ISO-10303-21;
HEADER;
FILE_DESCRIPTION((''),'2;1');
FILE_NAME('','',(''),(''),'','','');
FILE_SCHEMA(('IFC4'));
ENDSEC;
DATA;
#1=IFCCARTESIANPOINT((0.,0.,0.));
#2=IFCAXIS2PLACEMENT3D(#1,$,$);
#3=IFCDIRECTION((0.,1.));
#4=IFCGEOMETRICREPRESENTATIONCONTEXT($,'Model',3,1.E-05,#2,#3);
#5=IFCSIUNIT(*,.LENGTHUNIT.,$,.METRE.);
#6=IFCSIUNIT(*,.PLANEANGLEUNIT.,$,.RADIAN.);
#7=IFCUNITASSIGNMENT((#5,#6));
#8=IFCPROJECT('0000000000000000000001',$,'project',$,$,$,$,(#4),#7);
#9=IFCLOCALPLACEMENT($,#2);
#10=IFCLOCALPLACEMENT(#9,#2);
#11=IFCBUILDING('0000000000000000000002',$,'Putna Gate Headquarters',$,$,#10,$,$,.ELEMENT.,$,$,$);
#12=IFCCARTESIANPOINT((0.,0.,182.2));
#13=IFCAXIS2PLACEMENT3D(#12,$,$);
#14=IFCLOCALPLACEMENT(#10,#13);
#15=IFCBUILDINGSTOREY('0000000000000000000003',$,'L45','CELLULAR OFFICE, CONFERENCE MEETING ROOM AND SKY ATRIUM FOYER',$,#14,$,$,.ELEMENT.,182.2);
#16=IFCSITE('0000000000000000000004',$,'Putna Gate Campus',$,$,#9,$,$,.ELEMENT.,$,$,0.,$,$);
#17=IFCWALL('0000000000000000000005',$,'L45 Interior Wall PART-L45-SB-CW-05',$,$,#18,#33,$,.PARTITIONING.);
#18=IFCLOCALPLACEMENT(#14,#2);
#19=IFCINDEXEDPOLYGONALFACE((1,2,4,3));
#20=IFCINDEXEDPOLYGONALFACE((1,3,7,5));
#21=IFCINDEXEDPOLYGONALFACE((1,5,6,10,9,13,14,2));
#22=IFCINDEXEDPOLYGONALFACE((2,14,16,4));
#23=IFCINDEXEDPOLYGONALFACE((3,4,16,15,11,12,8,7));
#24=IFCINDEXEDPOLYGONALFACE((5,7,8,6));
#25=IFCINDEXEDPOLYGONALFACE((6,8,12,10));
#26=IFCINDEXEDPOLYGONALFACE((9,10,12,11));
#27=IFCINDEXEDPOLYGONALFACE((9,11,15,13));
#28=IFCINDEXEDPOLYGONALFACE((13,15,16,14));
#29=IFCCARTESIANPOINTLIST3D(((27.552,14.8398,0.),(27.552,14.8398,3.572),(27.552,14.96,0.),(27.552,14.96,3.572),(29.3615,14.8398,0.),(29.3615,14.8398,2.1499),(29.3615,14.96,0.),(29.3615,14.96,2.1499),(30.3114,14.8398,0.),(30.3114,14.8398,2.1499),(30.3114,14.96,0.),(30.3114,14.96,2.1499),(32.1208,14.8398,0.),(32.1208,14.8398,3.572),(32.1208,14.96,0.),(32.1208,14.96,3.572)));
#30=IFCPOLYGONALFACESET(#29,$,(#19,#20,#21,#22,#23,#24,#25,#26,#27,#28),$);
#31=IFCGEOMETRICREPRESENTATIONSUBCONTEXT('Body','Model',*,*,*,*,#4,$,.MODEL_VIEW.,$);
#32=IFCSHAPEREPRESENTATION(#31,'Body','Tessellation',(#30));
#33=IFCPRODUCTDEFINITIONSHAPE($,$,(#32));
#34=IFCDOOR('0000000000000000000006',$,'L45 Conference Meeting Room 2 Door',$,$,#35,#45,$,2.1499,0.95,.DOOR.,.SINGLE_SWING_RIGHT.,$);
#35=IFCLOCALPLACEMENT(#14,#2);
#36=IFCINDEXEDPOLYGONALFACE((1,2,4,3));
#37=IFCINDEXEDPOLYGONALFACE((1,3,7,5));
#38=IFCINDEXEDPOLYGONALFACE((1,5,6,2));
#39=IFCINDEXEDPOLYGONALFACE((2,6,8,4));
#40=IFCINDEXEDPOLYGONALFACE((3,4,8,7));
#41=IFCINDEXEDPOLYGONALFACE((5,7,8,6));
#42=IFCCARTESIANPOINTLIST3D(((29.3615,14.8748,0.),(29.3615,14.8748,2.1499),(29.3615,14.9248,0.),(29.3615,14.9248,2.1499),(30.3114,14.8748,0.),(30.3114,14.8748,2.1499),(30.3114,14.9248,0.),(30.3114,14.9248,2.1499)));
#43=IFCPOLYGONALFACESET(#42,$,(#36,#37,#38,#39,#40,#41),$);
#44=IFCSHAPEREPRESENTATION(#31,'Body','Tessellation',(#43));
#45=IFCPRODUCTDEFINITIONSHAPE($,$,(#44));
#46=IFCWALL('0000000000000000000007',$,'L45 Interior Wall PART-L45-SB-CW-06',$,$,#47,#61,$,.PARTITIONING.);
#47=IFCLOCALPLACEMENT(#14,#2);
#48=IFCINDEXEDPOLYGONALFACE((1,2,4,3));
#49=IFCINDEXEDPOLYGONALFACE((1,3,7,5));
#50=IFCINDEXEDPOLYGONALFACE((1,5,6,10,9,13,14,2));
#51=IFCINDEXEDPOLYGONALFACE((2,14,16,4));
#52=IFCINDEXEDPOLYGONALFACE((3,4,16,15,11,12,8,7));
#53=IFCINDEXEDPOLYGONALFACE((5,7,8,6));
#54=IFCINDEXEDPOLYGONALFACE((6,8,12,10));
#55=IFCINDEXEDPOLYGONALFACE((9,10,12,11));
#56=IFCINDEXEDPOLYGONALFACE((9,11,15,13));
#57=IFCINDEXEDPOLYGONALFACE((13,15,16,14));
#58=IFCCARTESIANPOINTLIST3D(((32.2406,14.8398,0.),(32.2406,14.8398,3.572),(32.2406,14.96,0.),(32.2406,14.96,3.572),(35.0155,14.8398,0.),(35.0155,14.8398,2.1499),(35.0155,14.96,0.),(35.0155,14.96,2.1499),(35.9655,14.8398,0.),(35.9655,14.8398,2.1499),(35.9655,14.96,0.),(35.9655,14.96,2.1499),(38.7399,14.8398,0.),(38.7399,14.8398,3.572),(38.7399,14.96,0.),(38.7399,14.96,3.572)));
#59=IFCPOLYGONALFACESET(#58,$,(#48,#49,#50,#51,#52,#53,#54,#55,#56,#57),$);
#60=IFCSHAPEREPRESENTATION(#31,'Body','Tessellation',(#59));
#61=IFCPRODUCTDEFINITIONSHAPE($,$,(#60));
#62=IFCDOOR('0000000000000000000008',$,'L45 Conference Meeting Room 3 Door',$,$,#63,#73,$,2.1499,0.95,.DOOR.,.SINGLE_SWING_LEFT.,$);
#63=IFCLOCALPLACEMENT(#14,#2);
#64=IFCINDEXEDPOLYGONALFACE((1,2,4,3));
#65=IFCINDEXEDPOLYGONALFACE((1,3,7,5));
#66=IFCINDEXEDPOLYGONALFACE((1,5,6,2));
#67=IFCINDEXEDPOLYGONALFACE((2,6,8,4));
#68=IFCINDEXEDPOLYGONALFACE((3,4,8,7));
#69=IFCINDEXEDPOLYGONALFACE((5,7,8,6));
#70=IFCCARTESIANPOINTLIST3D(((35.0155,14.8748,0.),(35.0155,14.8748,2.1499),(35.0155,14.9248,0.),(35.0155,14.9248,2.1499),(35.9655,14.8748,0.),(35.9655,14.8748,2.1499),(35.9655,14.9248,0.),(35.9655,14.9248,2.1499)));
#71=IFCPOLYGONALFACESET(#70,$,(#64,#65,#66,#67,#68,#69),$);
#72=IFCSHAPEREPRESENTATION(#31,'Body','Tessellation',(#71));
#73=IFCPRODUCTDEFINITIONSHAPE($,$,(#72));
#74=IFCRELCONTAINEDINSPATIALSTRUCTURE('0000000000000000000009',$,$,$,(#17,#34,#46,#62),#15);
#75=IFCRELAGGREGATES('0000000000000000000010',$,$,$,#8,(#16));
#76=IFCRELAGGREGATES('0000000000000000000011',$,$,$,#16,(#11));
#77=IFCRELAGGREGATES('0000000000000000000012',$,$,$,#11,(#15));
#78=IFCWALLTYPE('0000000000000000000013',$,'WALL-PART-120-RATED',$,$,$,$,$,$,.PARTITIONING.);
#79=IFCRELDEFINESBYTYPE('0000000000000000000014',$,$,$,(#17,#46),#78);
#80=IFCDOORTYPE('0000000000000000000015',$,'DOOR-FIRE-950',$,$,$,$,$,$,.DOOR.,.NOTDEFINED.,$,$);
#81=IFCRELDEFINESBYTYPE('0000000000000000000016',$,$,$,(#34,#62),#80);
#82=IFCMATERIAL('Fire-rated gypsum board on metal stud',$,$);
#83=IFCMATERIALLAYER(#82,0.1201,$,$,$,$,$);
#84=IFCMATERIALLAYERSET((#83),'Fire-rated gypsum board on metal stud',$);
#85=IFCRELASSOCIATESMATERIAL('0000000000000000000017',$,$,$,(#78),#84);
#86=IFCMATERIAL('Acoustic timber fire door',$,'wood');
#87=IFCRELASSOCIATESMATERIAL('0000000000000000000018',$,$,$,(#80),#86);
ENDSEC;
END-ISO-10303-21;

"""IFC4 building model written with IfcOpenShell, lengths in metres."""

from ifc_helpers import new_model, si_unit, direction, frame, frame_2d, origin, place, context, subcontext, project, spatial, rectangle, extrude, material, layer, layer_set, type_object, element, fill, save


model = new_model("IFC4")

# Units and contexts
model_context = context("Model", 3, precision=1e-05, world=origin(), true_north=direction((0.0, 1.0)))
body_context = subcontext(model_context, "Body", "Model", "MODEL_VIEW")
ifc_project = project(units=[si_unit("LENGTHUNIT", "METRE"), si_unit("PLANEANGLEUNIT", "RADIAN")], contexts=[model_context])

# Site, building, storey
site_placement = place(None, origin())
site = spatial("IfcSite", under=ifc_project, at=site_placement, Name="Putna Gate Campus", CompositionType="ELEMENT", RefElevation=0.0)
building_placement = place(site_placement, origin())
building = spatial("IfcBuilding", under=site, at=building_placement, Name="Putna Gate Headquarters", CompositionType="ELEMENT")
storey_placement = place(building_placement, frame((0.0, 0.0, 182.2)))
storey = spatial("IfcBuildingStorey", under=building, at=storey_placement, Name="L45", Description="CELLULAR OFFICE, CONFERENCE MEETING ROOM AND SKY ATRIUM FOYER", CompositionType="ELEMENT", Elevation=182.2)

# Walls, openings, doors
ifc_material_1 = material(Name="Fire-rated gypsum board on metal stud")
ifc_layer_1 = layer(ifc_material_1, 0.1201)
ifc_layer_set_1 = layer_set([ifc_layer_1], Name="Fire-rated gypsum board on metal stud")
wall_type_1 = type_object("IfcWallType", Name="WALL-PART-120-RATED", PredefinedType="PARTITIONING", material=ifc_layer_set_1)
wall_1_placement = place(storey_placement, frame((27.552, 14.8999, 0.0), z_axis=(0.0, 0.0, 1.0), x_axis=(1.0, 0.0, 0.0)))
wall_1 = element("IfcWall", 1, at=wall_1_placement, inside=storey, type_object=wall_type_1, Name="L45 Interior Wall PART-L45-SB-CW-05", PredefinedType="PARTITIONING", context=body_context, shape_type="SweptSolid", body=[
    extrude(rectangle(XDim=4.5688, YDim=0.1201, at=frame_2d((2.2844, 0.0))), origin(), (0.0, 0.0, 1.0), 3.572),
])
opening_1_placement = place(wall_1_placement, frame((1.8093, 0.0, 0.0)))
opening_1 = element("IfcOpeningElement", 2, at=opening_1_placement, cuts=wall_1, PredefinedType="OPENING", context=body_context, shape_type="SweptSolid", body=[
    extrude(rectangle(XDim=0.95, YDim=2.1499, at=frame_2d((0.4751, 1.075))), frame((0.0, 0.0701, 0.0), z_axis=(0.0, -1.0, 0.0), x_axis=(1.0, 0.0, 0.0)), (0.0, 0.0, 1.0), 0.1401),
])
ifc_material_2 = material(Name="Acoustic timber fire door", Category="wood")
door_type = type_object("IfcDoorType", Name="DOOR-FIRE-950", OperationType="NOTDEFINED", PredefinedType="DOOR", material=ifc_material_2)
door_1_placement = place(opening_1_placement, origin())
door_1 = element("IfcDoor", 3, at=door_1_placement, inside=storey, type_object=door_type, Name="L45 Conference Meeting Room 2 Door", OperationType="SINGLE_SWING_RIGHT", OverallHeight=2.1499, OverallWidth=0.95, PredefinedType="DOOR", context=body_context, shape_type="SweptSolid", body=[
    extrude(rectangle(XDim=0.95, YDim=2.1499, at=frame_2d((0.4751, 1.075))), frame((0.0, 0.0249, 0.0), z_axis=(0.0, -1.0, 0.0), x_axis=(1.0, 0.0, 0.0)), (0.0, 0.0, 1.0), 0.05),
])
fill(opening_1, door_1)
wall_2_placement = place(storey_placement, frame((32.2407, 14.8999, 0.0), z_axis=(0.0, 0.0, 1.0), x_axis=(1.0, 0.0, 0.0)))
wall_2 = element("IfcWall", 4, at=wall_2_placement, inside=storey, type_object=wall_type_1, Name="L45 Interior Wall PART-L45-SB-CW-06", PredefinedType="PARTITIONING", context=body_context, shape_type="SweptSolid", body=[
    extrude(rectangle(XDim=6.4993, YDim=0.1201, at=frame_2d((3.2495, 0.0))), origin(), (0.0, 0.0, 1.0), 3.572),
])
opening_2_placement = place(wall_2_placement, frame((2.7747, 0.0, 0.0)))
opening_2 = element("IfcOpeningElement", 5, at=opening_2_placement, cuts=wall_2, PredefinedType="OPENING", context=body_context, shape_type="SweptSolid", body=[
    extrude(rectangle(XDim=0.95, YDim=2.1499, at=frame_2d((0.4751, 1.075))), frame((0.0, 0.0701, 0.0), z_axis=(0.0, -1.0, 0.0), x_axis=(1.0, 0.0, 0.0)), (0.0, 0.0, 1.0), 0.1401),
])
door_2_placement = place(opening_2_placement, origin())
door_2 = element("IfcDoor", 6, at=door_2_placement, inside=storey, type_object=door_type, Name="L45 Conference Meeting Room 3 Door", OperationType="SINGLE_SWING_LEFT", OverallHeight=2.1499, OverallWidth=0.95, PredefinedType="DOOR", context=body_context, shape_type="SweptSolid", body=[
    extrude(rectangle(XDim=0.95, YDim=2.1499, at=frame_2d((0.4751, 1.075))), frame((0.0, 0.0249, 0.0), z_axis=(0.0, -1.0, 0.0), x_axis=(1.0, 0.0, 0.0)), (0.0, 0.0, 1.0), 0.05),
])
fill(opening_2, door_2)

save(model, "model.ifc")
